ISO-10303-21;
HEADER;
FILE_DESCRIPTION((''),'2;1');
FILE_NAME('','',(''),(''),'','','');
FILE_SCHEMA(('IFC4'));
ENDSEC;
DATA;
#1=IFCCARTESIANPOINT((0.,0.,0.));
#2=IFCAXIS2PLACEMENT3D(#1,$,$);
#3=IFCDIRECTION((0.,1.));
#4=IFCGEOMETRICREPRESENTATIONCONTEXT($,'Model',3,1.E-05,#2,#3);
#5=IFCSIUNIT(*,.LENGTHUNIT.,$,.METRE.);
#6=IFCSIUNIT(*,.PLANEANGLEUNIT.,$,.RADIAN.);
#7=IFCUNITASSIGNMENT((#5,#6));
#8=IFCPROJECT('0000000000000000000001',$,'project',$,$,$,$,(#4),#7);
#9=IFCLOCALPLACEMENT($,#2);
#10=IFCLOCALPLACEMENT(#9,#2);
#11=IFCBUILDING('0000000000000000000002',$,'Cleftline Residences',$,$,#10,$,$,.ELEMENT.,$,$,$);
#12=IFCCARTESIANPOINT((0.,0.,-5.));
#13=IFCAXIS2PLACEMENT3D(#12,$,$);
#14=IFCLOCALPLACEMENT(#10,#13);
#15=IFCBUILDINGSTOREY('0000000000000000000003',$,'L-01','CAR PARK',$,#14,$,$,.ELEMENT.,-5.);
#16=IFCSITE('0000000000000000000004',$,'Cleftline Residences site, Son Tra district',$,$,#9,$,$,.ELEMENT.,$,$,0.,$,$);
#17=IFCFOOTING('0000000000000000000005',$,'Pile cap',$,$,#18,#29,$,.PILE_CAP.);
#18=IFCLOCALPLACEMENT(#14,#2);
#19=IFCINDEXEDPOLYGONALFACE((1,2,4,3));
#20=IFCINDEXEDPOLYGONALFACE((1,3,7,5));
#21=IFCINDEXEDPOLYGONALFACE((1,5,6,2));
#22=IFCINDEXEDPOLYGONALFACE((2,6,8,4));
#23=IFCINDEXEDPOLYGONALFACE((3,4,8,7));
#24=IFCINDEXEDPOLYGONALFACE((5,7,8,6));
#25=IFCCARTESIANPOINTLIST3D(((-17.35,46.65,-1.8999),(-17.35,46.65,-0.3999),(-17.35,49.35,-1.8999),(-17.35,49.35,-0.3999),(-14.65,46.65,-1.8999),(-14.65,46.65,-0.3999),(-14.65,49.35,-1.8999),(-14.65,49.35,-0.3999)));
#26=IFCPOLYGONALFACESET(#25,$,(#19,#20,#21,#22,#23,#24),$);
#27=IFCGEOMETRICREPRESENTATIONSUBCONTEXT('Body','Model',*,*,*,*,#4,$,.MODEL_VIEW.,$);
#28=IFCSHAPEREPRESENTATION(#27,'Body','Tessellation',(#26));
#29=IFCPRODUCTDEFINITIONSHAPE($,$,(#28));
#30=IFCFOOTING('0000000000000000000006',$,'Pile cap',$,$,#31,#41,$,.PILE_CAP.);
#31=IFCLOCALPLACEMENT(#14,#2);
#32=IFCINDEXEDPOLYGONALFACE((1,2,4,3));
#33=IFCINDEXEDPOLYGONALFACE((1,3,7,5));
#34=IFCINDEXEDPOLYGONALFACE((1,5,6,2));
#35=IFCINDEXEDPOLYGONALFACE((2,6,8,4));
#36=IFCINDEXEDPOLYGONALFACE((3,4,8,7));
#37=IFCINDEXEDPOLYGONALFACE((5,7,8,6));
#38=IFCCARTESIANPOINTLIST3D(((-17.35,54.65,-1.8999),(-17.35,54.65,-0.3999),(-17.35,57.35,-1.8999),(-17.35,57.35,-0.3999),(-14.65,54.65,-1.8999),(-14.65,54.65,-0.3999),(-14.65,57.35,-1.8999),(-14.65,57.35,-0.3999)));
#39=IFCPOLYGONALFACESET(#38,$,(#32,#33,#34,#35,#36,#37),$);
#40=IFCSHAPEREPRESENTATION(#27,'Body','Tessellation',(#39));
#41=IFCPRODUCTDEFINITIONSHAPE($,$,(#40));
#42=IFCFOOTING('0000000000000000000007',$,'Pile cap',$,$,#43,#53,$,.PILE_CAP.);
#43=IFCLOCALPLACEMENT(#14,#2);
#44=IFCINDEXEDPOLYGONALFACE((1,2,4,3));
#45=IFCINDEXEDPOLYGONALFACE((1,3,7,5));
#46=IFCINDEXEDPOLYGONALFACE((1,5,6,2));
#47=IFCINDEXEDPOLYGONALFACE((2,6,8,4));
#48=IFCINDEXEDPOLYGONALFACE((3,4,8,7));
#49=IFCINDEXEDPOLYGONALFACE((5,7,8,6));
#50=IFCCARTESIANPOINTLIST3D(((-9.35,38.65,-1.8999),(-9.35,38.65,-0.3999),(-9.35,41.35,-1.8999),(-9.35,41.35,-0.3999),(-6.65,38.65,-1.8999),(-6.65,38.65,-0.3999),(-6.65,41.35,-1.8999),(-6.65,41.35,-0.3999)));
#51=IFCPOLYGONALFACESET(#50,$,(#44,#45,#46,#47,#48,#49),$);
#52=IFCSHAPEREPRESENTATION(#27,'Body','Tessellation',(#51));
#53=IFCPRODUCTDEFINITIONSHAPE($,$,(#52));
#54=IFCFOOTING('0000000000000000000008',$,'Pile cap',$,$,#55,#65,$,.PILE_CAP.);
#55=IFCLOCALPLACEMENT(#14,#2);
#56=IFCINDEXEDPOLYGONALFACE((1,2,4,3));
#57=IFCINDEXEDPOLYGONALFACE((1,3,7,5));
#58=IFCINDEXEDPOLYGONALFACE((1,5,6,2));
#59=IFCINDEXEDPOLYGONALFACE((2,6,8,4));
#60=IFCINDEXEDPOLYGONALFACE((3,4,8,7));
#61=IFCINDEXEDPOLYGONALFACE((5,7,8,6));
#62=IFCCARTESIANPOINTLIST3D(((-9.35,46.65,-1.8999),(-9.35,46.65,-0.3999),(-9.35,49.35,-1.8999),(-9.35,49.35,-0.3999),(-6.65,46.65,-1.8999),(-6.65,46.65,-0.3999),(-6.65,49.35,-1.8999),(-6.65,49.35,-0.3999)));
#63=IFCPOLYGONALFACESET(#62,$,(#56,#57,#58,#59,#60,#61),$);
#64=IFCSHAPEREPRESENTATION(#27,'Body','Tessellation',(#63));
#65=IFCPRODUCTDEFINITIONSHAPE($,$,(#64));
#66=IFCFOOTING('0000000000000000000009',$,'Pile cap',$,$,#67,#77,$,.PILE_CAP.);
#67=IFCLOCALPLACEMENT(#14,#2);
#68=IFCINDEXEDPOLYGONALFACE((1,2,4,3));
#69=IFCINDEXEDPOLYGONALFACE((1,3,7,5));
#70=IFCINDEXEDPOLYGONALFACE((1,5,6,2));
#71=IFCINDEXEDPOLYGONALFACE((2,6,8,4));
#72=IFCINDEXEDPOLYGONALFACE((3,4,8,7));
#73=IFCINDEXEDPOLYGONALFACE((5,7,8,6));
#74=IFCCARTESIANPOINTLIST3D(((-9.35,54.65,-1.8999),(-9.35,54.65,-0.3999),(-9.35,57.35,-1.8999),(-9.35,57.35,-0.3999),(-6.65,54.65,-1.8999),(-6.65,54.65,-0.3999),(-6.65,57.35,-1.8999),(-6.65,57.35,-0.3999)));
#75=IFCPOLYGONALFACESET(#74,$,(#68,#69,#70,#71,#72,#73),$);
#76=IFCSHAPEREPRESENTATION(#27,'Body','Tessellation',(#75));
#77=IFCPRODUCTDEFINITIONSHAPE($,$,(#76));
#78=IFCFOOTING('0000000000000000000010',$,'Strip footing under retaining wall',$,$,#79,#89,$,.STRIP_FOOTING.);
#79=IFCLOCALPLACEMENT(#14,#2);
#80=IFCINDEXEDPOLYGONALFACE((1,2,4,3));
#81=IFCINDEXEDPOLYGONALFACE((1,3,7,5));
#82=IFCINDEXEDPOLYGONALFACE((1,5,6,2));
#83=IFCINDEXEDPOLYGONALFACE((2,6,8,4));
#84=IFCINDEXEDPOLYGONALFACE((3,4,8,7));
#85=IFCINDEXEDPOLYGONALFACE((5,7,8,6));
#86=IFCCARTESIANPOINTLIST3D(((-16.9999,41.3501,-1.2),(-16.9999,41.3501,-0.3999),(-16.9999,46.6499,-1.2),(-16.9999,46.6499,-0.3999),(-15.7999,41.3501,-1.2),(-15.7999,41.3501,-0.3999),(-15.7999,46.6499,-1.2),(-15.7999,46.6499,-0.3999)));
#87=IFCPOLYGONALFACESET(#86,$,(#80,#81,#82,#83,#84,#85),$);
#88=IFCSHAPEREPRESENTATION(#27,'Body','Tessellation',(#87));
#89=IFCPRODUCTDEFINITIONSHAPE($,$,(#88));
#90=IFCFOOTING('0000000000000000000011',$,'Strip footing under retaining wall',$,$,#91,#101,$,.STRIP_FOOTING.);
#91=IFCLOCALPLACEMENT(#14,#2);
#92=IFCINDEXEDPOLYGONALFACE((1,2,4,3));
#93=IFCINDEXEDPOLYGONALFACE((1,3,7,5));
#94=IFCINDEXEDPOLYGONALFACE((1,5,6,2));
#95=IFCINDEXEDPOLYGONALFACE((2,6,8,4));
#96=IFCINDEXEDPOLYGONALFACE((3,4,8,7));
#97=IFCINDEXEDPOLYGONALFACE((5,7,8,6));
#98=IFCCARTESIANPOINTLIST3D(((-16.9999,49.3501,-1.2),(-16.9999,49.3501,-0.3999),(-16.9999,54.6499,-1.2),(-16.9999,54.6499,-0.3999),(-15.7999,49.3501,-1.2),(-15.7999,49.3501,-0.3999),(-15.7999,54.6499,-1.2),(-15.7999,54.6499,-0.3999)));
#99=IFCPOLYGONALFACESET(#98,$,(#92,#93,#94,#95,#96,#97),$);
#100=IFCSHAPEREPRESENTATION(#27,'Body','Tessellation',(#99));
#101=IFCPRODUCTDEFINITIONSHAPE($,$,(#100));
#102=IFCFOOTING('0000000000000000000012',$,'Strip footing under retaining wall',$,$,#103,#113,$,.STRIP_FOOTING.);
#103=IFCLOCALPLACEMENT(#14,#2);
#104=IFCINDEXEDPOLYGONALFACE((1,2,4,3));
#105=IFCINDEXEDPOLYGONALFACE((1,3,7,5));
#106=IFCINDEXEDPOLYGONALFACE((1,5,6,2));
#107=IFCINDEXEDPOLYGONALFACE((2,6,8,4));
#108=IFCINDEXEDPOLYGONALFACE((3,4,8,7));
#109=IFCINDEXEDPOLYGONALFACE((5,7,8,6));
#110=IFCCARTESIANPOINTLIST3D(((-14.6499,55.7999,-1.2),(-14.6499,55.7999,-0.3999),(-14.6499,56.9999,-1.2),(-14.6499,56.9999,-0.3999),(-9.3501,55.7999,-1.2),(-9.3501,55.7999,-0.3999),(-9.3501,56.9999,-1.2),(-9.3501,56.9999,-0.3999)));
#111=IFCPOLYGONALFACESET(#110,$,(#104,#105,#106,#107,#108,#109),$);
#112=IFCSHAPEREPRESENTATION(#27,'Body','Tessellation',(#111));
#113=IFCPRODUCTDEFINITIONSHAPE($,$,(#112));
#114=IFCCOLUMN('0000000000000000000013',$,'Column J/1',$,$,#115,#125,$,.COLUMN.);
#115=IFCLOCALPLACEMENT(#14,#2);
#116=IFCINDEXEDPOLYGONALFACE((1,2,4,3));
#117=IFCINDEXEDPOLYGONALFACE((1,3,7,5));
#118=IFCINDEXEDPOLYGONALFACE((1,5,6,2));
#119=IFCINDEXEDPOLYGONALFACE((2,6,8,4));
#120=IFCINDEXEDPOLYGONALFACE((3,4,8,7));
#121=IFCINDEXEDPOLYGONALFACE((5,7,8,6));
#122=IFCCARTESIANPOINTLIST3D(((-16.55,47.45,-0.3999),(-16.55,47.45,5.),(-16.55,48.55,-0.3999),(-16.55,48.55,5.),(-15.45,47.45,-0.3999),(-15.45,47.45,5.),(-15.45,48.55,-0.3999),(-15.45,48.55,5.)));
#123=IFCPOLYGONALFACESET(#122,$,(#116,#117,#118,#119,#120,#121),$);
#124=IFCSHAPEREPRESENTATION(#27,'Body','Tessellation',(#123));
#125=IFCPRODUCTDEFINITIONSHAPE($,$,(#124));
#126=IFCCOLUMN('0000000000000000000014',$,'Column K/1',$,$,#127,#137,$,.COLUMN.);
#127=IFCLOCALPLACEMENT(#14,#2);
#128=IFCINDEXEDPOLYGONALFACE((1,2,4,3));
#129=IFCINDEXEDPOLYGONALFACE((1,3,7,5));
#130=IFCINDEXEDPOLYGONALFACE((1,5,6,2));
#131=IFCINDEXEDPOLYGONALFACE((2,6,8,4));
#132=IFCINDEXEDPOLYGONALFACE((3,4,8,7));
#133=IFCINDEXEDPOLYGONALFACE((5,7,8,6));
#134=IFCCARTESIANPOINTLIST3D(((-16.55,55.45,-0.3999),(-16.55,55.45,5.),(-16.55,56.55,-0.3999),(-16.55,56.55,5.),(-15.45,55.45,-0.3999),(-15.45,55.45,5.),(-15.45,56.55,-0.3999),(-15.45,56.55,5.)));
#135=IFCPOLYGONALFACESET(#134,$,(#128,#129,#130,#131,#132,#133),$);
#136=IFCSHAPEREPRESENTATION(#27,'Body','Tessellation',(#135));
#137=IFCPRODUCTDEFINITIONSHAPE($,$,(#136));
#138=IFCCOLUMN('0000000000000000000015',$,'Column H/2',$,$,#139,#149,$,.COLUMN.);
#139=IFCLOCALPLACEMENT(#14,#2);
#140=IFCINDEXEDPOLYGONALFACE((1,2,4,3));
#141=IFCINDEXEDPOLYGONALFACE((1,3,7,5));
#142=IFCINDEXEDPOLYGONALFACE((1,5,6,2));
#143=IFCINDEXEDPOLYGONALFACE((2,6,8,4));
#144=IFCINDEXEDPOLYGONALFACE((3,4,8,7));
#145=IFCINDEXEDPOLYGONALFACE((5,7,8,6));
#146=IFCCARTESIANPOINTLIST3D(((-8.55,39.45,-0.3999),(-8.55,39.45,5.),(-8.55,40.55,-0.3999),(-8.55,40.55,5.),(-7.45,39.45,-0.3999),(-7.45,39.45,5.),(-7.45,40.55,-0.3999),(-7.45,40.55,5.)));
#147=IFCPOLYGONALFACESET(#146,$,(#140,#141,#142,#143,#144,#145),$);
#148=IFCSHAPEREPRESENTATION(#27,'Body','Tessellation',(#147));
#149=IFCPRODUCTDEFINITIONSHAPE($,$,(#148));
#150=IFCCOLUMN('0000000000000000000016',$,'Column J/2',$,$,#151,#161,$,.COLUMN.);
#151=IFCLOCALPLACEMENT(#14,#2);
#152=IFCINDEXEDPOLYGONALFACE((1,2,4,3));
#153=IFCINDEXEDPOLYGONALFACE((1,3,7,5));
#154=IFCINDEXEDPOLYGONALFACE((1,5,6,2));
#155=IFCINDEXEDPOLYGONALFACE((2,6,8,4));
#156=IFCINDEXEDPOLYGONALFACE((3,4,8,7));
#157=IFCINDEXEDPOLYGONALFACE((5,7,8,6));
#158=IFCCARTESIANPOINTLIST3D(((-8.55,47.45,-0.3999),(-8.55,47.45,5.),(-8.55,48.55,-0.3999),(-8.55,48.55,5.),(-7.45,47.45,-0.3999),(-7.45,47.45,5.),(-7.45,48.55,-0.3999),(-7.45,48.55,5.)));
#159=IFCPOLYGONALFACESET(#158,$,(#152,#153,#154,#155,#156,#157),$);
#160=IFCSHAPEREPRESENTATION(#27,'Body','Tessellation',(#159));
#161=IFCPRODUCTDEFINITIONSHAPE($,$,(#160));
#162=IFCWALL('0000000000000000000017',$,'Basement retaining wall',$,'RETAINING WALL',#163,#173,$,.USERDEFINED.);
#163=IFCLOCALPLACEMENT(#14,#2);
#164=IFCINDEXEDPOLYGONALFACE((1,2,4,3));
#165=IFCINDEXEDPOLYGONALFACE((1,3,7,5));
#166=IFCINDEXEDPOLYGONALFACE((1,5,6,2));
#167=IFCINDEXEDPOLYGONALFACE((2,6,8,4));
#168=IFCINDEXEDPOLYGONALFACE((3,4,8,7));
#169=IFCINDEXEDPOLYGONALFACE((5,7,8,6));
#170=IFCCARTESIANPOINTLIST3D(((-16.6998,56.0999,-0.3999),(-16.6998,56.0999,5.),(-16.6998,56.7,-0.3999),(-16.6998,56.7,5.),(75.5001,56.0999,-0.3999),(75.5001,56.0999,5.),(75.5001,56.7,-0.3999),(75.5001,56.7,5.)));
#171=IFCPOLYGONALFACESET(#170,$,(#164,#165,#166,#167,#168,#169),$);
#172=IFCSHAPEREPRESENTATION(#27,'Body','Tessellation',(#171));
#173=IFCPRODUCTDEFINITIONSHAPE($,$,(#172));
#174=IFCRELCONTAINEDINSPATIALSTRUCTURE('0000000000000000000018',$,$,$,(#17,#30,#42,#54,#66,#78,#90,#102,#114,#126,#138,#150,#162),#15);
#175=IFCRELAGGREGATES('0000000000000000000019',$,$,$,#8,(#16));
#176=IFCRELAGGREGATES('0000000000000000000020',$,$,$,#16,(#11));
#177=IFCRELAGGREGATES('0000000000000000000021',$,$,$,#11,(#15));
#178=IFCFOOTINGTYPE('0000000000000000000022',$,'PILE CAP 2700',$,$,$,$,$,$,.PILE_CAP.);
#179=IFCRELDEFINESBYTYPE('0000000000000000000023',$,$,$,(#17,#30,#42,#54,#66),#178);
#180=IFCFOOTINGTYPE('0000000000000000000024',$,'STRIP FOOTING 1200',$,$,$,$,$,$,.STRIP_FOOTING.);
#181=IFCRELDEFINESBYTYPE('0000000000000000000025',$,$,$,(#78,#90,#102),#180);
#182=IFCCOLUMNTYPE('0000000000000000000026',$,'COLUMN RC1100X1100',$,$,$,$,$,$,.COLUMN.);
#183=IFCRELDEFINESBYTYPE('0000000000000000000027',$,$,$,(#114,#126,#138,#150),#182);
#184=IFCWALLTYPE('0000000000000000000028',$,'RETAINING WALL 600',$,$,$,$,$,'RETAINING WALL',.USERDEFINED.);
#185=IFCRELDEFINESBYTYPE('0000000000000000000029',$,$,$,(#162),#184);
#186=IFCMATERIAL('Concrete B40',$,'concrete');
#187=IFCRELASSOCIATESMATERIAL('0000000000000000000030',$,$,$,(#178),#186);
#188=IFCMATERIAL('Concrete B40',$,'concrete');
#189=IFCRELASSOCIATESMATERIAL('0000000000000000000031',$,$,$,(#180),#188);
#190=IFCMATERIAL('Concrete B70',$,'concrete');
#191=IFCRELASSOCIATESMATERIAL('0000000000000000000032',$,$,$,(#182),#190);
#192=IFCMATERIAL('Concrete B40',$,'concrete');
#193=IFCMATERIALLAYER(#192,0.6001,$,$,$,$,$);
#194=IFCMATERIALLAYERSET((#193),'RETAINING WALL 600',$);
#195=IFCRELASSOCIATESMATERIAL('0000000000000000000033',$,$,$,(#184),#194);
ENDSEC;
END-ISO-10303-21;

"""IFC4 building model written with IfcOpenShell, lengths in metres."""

from ifc_helpers import new_model, si_unit, direction, frame, frame_2d, origin, origin_2d, place, context, subcontext, project, spatial, rectangle, extrude, material, layer, layer_set, material_profile, profile_set, type_object, element, save


model = new_model("IFC4")

# Units and contexts
model_context = context("Model", 3, precision=1e-05, world=origin(), true_north=direction((0.0, 1.0)))
body_context = subcontext(model_context, "Body", "Model", "MODEL_VIEW")
ifc_project = project(units=[si_unit("LENGTHUNIT", "METRE"), si_unit("PLANEANGLEUNIT", "RADIAN")], contexts=[model_context])

# Site, building, storey
site_placement = place(None, origin())
site = spatial("IfcSite", under=ifc_project, at=site_placement, Name="Cleftline Residences site, Son Tra district", CompositionType="ELEMENT", RefElevation=0.0)
building_placement = place(site_placement, origin())
building = spatial("IfcBuilding", under=site, at=building_placement, Name="Cleftline Residences", CompositionType="ELEMENT")
storey_placement = place(building_placement, frame((0.0, 0.0, -5.0)))
storey = spatial("IfcBuildingStorey", under=building, at=storey_placement, Name="L-01", Description="CAR PARK", CompositionType="ELEMENT", Elevation=-5.0)

# Footings
ifc_material_1 = material(Name="Concrete B40", Category="concrete")
footing_type_1 = type_object("IfcFootingType", Name="PILE CAP 2700", PredefinedType="PILE_CAP", material=ifc_material_1)
for number, where, z_axis, x_axis, name in (
    (1, (-16.0, 48.0, -1.8999), (0.0, 0.0, 1.0), (1.0, 0.0, 0.0), "Pile cap"),
    (2, (-16.0, 56.0, -1.8999), (0.0, 0.0, 1.0), (1.0, 0.0, 0.0), "Pile cap"),
    (3, (-8.0, 40.0, -1.8999), (0.0, 0.0, 1.0), (1.0, 0.0, 0.0), "Pile cap"),
    (4, (-8.0, 48.0, -1.8999), (0.0, 0.0, 1.0), (1.0, 0.0, 0.0), "Pile cap"),
    (5, (-8.0, 56.0, -1.8999), (0.0, 0.0, 1.0), (1.0, 0.0, 0.0), "Pile cap"),
):
    element("IfcFooting", number, at=place(storey_placement, frame(where, z_axis=z_axis, x_axis=x_axis)), inside=storey, type_object=footing_type_1, Name=name, PredefinedType="PILE_CAP", context=body_context, shape_type="SweptSolid", body=[
        extrude(rectangle(XDim=2.7, YDim=2.7, at=origin_2d()), origin(), (0.0, 0.0, 1.0), 1.5),
    ])
ifc_material_2 = material(Name="Concrete B40", Category="concrete")
footing_type_2 = type_object("IfcFootingType", Name="STRIP FOOTING 1200", PredefinedType="STRIP_FOOTING", material=ifc_material_2)
for number, where, z_axis, x_axis, name in (
    (6, (-16.3999, 41.3501, -1.2), (0.0, 0.0, 1.0), (0.0, 1.0, 0.0), "Strip footing under retaining wall"),
    (7, (-16.3999, 49.3501, -1.2), (0.0, 0.0, 1.0), (0.0, 1.0, 0.0), "Strip footing under retaining wall"),
    (8, (-14.6499, 56.3999, -1.2), (0.0, 0.0, 1.0), (1.0, 0.0, 0.0), "Strip footing under retaining wall"),
):
    element("IfcFooting", number, at=place(storey_placement, frame(where, z_axis=z_axis, x_axis=x_axis)), inside=storey, type_object=footing_type_2, Name=name, PredefinedType="STRIP_FOOTING", context=body_context, shape_type="SweptSolid", body=[
        extrude(rectangle(XDim=5.2998, YDim=1.2, at=frame_2d((2.6499, 0.0))), origin(), (0.0, 0.0, 1.0), 0.8),
    ])

# Columns
ifc_material_3 = material(Name="Concrete B70", Category="concrete")
ifc_material_profile_1 = material_profile(ifc_material_3, rectangle(XDim=1.1001, YDim=1.1001, at=origin_2d()))
ifc_profile_set_1 = profile_set([ifc_material_profile_1], Name="Concrete B70")
column_type = type_object("IfcColumnType", Name="COLUMN RC1100X1100", PredefinedType="COLUMN", material=ifc_profile_set_1)
for number, where, z_axis, x_axis, name in (
    (9, (-16.0, 48.0, -0.3999), (0.0, 0.0, 1.0), (1.0, 0.0, 0.0), "Column J/1"),
    (10, (-16.0, 56.0, -0.3999), (0.0, 0.0, 1.0), (1.0, 0.0, 0.0), "Column K/1"),
    (11, (-8.0, 40.0, -0.3999), (0.0, 0.0, 1.0), (1.0, 0.0, 0.0), "Column H/2"),
    (12, (-8.0, 48.0, -0.3999), (0.0, 0.0, 1.0), (1.0, 0.0, 0.0), "Column J/2"),
):
    element("IfcColumn", number, at=place(storey_placement, frame(where, z_axis=z_axis, x_axis=x_axis)), inside=storey, type_object=column_type, Name=name, PredefinedType="COLUMN", context=body_context, shape_type="SweptSolid", body=[
        extrude(rectangle(XDim=1.1001, YDim=1.1001, at=origin_2d()), origin(), (0.0, 0.0, 1.0), 5.3999),
    ])

# Wall
ifc_material_4 = material(Name="Concrete B40", Category="concrete")
ifc_layer = layer(ifc_material_4, 0.6001)
ifc_layer_set = layer_set([ifc_layer], Name="RETAINING WALL 600")
wall_type = type_object("IfcWallType", Name="RETAINING WALL 600", ElementType="RETAINING WALL", PredefinedType="USERDEFINED", material=ifc_layer_set)
wall_placement = place(storey_placement, frame((-16.7, 56.3999, -0.3999), z_axis=(0.0, 0.0, 1.0), x_axis=(1.0, 0.0, 0.0)))
element("IfcWall", 13, at=wall_placement, inside=storey, type_object=wall_type, Name="Basement retaining wall", ObjectType="RETAINING WALL", PredefinedType="USERDEFINED", context=body_context, shape_type="SweptSolid", body=[
    extrude(rectangle(XDim=92.2, YDim=0.6001, at=frame_2d((46.1001, 0.0))), origin(), (0.0, 0.0, 1.0), 5.3999),
])

save(model, "model.ifc")
